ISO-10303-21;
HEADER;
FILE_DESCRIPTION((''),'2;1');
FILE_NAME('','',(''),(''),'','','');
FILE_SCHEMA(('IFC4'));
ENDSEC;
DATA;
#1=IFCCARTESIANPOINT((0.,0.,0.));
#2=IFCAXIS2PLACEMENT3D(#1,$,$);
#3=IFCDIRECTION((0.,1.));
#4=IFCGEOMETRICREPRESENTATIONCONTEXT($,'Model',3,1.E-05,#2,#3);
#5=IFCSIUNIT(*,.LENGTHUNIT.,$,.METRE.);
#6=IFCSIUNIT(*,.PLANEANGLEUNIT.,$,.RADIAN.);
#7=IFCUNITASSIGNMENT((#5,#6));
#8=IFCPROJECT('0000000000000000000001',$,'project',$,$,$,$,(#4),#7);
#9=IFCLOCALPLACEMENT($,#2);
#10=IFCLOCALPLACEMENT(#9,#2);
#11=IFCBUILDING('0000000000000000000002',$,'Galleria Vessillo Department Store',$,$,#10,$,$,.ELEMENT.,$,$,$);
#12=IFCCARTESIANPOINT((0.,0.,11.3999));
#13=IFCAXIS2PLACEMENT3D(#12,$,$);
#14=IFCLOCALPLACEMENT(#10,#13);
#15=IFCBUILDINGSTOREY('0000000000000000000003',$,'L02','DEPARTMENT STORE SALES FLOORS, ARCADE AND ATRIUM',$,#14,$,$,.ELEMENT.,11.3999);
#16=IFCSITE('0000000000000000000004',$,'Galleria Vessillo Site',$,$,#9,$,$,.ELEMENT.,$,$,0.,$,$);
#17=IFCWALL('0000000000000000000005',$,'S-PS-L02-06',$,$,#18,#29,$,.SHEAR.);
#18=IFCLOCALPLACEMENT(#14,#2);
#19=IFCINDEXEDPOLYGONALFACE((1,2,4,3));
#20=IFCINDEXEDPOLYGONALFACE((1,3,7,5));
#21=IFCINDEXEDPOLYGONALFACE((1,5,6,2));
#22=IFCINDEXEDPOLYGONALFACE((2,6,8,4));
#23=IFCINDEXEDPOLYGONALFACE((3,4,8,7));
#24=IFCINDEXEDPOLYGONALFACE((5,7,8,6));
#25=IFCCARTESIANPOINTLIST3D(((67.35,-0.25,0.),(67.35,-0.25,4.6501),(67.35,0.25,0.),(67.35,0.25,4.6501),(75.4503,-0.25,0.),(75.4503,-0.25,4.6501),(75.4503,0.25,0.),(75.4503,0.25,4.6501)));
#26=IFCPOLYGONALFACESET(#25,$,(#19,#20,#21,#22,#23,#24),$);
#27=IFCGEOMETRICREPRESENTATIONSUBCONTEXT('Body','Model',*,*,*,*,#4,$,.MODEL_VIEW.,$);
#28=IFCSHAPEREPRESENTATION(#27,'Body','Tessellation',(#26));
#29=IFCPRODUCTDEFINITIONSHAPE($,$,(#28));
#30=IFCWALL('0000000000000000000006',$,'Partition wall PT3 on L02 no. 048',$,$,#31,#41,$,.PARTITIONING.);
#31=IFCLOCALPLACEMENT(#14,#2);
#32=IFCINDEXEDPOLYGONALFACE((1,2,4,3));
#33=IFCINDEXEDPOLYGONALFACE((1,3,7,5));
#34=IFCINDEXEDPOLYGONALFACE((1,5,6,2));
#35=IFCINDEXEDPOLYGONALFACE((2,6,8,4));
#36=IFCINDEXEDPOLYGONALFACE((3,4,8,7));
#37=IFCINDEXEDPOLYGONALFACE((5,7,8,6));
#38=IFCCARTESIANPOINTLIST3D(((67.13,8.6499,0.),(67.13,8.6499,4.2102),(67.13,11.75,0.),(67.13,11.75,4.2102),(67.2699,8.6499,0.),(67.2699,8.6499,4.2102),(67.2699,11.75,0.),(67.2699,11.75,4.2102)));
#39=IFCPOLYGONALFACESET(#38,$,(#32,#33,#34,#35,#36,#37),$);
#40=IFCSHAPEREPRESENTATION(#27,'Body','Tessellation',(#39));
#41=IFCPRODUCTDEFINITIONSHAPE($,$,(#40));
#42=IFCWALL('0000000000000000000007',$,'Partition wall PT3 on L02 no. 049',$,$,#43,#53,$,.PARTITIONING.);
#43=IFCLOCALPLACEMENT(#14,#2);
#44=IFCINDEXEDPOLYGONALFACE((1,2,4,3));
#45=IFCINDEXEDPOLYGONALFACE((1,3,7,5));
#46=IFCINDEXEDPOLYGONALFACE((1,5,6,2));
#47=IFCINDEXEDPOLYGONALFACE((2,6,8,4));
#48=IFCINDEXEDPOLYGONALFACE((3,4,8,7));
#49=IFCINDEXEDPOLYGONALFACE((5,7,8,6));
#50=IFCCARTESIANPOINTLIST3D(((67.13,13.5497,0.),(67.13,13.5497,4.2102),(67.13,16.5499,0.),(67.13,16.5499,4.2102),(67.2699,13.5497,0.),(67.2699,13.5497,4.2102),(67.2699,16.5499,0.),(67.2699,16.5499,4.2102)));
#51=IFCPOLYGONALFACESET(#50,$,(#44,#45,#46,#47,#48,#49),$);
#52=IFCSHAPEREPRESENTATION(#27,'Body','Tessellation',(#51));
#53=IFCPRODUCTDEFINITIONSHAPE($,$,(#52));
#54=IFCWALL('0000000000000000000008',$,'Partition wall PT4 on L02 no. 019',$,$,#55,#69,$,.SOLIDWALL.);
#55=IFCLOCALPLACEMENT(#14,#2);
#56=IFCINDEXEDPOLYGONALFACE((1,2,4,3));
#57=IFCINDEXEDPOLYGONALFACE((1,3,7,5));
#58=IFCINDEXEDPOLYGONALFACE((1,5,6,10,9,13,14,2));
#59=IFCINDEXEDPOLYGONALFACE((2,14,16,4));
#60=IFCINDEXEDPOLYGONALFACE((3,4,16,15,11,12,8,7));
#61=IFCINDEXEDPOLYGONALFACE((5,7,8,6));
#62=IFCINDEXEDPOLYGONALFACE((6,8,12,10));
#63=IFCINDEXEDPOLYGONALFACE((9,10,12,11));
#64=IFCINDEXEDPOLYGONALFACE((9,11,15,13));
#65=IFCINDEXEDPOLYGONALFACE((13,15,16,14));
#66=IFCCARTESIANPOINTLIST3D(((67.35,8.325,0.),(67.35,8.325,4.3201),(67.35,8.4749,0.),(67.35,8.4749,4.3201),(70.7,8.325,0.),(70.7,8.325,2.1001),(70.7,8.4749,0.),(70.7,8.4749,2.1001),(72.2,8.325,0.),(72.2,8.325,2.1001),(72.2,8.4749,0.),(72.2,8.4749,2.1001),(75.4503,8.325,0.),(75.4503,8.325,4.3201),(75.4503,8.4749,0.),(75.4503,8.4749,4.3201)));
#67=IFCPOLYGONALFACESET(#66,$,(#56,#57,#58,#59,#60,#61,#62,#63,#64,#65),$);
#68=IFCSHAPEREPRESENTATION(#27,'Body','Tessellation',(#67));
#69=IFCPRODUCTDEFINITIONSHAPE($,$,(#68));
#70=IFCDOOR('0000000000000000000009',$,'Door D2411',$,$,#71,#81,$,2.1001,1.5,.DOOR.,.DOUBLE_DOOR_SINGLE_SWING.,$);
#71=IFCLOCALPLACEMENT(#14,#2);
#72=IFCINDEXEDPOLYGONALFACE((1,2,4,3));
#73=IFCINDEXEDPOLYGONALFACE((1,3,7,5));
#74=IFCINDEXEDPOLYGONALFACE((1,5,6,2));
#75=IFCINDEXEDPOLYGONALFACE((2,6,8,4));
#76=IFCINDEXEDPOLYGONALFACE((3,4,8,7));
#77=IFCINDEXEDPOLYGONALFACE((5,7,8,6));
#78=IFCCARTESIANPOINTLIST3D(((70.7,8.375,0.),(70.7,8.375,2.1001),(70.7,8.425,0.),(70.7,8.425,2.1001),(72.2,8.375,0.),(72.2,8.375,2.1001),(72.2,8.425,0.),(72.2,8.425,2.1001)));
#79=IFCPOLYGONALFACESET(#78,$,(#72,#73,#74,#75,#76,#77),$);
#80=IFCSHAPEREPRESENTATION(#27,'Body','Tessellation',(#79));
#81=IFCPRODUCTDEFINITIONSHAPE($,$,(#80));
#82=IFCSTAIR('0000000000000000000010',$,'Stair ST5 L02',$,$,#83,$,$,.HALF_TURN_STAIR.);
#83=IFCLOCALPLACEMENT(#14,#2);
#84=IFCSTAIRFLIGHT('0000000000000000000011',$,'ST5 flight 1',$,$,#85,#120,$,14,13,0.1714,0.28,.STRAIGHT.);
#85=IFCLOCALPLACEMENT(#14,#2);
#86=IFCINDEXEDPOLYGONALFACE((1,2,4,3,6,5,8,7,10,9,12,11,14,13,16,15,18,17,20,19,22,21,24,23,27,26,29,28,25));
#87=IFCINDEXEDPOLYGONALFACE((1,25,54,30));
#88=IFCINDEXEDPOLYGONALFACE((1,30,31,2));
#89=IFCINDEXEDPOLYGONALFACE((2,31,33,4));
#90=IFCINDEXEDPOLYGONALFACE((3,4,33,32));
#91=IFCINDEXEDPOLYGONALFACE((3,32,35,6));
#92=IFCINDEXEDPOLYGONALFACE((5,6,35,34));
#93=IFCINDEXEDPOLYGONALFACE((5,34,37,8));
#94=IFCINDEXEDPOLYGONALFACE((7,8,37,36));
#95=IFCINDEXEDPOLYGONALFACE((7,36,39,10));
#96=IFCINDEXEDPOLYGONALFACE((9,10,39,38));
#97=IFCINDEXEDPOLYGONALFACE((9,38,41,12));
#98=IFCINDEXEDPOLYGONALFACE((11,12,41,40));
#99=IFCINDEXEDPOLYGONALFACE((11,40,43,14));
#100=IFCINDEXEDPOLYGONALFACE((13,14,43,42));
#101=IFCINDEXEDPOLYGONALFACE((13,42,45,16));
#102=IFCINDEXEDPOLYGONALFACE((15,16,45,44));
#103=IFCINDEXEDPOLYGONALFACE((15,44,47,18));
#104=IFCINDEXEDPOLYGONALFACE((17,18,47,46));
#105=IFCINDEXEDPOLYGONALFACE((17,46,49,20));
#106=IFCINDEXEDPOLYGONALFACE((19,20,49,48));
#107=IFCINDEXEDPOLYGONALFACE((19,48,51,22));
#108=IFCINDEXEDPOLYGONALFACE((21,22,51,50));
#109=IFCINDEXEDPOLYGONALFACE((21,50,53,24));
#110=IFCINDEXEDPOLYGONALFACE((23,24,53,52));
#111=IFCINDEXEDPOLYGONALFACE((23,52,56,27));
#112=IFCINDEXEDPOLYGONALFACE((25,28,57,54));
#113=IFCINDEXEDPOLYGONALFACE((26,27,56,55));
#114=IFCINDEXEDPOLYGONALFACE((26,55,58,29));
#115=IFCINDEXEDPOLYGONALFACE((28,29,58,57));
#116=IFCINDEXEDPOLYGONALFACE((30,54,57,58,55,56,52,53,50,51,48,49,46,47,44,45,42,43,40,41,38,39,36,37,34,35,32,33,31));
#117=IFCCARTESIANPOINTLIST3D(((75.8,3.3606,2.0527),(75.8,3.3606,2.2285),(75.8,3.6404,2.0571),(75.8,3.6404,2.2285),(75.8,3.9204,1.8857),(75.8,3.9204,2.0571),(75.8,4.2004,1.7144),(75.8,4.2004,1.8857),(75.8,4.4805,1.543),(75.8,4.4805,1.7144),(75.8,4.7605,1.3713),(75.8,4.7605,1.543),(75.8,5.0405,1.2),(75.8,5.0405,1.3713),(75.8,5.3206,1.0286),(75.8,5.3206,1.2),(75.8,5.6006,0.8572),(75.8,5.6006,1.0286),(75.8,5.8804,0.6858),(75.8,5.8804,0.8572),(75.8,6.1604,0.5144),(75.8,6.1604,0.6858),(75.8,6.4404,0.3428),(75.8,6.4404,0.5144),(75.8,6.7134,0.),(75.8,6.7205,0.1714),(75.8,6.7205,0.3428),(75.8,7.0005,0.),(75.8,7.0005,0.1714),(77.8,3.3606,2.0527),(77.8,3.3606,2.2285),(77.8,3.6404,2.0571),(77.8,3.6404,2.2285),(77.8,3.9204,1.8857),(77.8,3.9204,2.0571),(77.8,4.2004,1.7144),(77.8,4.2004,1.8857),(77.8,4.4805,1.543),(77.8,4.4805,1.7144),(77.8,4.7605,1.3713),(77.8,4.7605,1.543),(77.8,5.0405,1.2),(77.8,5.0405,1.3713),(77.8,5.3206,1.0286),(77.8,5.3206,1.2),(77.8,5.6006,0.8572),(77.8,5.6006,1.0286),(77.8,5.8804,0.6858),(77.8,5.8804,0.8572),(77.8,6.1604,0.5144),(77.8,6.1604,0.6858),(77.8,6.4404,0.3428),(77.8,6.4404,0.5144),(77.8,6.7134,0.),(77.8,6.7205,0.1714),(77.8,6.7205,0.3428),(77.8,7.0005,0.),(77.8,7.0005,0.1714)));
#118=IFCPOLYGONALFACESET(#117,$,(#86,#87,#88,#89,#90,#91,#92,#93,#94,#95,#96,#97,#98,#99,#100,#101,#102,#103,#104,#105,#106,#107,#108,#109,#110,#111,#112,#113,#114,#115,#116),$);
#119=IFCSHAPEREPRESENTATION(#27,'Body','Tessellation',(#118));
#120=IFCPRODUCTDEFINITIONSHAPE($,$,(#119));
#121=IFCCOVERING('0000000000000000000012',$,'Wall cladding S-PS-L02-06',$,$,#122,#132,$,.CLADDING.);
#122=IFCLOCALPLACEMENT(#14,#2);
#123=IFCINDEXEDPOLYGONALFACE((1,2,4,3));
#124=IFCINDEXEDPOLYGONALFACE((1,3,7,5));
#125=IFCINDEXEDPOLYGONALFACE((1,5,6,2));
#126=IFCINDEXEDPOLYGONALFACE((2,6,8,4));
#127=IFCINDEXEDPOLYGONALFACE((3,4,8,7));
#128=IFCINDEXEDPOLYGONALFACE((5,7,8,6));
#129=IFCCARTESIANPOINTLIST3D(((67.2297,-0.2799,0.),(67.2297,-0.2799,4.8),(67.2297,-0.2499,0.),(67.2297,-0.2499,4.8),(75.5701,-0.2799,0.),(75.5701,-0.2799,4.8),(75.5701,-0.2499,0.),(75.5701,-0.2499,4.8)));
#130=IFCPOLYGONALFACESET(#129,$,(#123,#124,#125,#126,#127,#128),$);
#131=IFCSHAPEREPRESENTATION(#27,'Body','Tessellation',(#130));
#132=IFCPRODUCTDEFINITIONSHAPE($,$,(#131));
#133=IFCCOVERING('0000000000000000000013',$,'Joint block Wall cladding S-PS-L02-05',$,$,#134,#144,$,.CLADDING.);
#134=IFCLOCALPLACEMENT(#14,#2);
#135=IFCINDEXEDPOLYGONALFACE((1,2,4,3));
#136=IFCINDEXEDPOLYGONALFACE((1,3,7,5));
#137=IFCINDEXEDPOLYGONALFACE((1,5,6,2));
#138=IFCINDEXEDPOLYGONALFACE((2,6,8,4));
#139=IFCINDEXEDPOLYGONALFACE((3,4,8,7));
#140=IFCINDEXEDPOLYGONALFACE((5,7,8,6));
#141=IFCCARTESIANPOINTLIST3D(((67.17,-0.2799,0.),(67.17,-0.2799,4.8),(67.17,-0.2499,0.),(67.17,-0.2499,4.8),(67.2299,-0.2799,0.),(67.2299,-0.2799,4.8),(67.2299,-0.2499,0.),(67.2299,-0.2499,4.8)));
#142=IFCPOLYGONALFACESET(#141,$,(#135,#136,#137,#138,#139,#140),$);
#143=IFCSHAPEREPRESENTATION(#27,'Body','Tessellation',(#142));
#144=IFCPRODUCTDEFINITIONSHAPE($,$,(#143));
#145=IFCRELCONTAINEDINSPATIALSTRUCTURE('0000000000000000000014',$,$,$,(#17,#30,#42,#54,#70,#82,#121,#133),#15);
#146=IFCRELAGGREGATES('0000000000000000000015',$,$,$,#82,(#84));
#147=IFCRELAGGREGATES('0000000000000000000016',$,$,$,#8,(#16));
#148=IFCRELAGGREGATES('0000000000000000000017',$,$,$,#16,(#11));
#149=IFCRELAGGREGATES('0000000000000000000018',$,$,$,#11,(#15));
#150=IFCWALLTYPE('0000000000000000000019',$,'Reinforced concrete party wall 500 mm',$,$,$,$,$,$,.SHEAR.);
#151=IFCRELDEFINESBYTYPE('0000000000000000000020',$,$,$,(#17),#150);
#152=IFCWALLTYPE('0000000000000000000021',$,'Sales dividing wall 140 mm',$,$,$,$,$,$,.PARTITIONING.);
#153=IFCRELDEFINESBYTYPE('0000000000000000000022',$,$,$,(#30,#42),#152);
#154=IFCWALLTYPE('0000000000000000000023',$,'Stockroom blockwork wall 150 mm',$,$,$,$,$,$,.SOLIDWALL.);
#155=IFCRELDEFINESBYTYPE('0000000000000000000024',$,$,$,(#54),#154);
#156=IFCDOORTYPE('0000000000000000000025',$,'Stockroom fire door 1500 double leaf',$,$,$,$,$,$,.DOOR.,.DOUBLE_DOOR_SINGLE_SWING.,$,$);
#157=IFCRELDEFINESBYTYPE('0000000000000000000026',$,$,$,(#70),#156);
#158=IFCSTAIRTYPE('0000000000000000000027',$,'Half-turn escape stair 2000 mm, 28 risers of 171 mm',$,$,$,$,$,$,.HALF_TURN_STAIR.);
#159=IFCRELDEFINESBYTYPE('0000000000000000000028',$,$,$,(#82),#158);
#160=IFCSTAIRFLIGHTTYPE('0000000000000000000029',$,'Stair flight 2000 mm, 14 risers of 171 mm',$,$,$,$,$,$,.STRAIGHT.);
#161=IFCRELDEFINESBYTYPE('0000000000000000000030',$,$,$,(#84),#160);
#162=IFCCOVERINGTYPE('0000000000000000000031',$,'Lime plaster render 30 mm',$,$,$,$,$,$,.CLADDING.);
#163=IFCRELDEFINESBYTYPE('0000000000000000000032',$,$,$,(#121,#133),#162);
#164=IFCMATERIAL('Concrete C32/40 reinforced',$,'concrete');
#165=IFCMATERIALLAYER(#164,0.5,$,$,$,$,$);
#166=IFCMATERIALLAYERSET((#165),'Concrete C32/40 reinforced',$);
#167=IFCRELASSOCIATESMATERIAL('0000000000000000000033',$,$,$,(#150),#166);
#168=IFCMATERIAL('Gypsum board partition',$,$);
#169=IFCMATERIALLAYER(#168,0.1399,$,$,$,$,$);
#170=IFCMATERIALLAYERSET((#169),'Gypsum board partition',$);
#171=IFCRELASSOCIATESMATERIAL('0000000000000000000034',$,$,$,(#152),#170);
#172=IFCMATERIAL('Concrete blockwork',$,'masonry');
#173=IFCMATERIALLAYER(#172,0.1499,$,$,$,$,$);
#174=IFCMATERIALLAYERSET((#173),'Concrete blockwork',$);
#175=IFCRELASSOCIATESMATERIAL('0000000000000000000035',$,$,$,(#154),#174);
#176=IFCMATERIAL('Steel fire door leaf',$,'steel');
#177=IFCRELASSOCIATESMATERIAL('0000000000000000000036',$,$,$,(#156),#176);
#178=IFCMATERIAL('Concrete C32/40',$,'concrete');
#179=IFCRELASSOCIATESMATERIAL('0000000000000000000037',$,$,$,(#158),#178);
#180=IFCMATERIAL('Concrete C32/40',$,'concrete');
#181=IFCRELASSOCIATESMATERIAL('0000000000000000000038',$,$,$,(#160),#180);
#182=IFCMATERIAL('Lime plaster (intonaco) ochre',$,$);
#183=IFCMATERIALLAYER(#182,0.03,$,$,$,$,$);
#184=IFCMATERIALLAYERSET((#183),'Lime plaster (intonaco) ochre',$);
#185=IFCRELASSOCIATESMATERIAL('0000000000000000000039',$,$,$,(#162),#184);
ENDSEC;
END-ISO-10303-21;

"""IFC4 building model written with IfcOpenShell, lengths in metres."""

from ifc_helpers import new_model, si_unit, direction, frame, frame_2d, origin, origin_2d, place, context, subcontext, project, spatial, polyline, rectangle, outline, extrude, material, layer, layer_set, type_object, element, fill, aggregate, save


model = new_model("IFC4")

# Units and contexts
model_context = context("Model", 3, precision=1e-05, world=origin(), true_north=direction((0.0, 1.0)))
body_context = subcontext(model_context, "Body", "Model", "MODEL_VIEW")
ifc_project = project(units=[si_unit("LENGTHUNIT", "METRE"), si_unit("PLANEANGLEUNIT", "RADIAN")], contexts=[model_context])

# Site, building, storey
site_placement = place(None, origin())
site = spatial("IfcSite", under=ifc_project, at=site_placement, Name="Galleria Vessillo Site", CompositionType="ELEMENT", RefElevation=0.0)
building_placement = place(site_placement, origin())
building = spatial("IfcBuilding", under=site, at=building_placement, Name="Galleria Vessillo Department Store", CompositionType="ELEMENT")
storey_placement = place(building_placement, frame((0.0, 0.0, 11.3999)))
storey = spatial("IfcBuildingStorey", under=building, at=storey_placement, Name="L02", Description="DEPARTMENT STORE SALES FLOORS, ARCADE AND ATRIUM", CompositionType="ELEMENT", Elevation=11.3999)

# Walls
ifc_material_1 = material(Name="Concrete C32/40 reinforced", Category="concrete")
ifc_layer_1 = layer(ifc_material_1, 0.5)
ifc_layer_set_1 = layer_set([ifc_layer_1], Name="Concrete C32/40 reinforced")
wall_type_1 = type_object("IfcWallType", Name="Reinforced concrete party wall 500 mm", PredefinedType="SHEAR", material=ifc_layer_set_1)
wall_1_placement = place(storey_placement, frame((67.3499, 0.0, 0.0), z_axis=(0.0, 0.0, 1.0), x_axis=(1.0, 0.0, 0.0)))
element("IfcWall", 1, at=wall_1_placement, inside=storey, type_object=wall_type_1, Name="S-PS-L02-06", PredefinedType="SHEAR", context=body_context, shape_type="SweptSolid", body=[
    extrude(rectangle(XDim=8.1003, YDim=0.5, at=frame_2d((4.0503, 0.0))), origin(), (0.0, 0.0, 1.0), 4.6501),
])
ifc_material_2 = material(Name="Gypsum board partition")
ifc_layer_2 = layer(ifc_material_2, 0.1399)
ifc_layer_set_2 = layer_set([ifc_layer_2], Name="Gypsum board partition")
wall_type_2 = type_object("IfcWallType", Name="Sales dividing wall 140 mm", PredefinedType="PARTITIONING", material=ifc_layer_set_2)
wall_2_placement = place(storey_placement, frame((67.2, 8.6499, 0.0), z_axis=(0.0, 0.0, 1.0), x_axis=(0.0, 1.0, 0.0)))
element("IfcWall", 2, at=wall_2_placement, inside=storey, type_object=wall_type_2, Name="Partition wall PT3 on L02 no. 048", PredefinedType="PARTITIONING", context=body_context, shape_type="SweptSolid", body=[
    extrude(rectangle(XDim=3.1001, YDim=0.1399, at=frame_2d((1.55, 0.0))), origin(), (0.0, 0.0, 1.0), 4.2102),
])
wall_3_placement = place(storey_placement, frame((67.2, 13.5498, 0.0), z_axis=(0.0, 0.0, 1.0), x_axis=(0.0, 1.0, 0.0)))
element("IfcWall", 3, at=wall_3_placement, inside=storey, type_object=wall_type_2, Name="Partition wall PT3 on L02 no. 049", PredefinedType="PARTITIONING", context=body_context, shape_type="SweptSolid", body=[
    extrude(rectangle(XDim=3.0002, YDim=0.1399, at=frame_2d((1.5, 0.0))), origin(), (0.0, 0.0, 1.0), 4.2102),
])

# Wall, opening, door
ifc_material_3 = material(Name="Concrete blockwork", Category="masonry")
ifc_layer_3 = layer(ifc_material_3, 0.1499)
ifc_layer_set_3 = layer_set([ifc_layer_3], Name="Concrete blockwork")
wall_type_3 = type_object("IfcWallType", Name="Stockroom blockwork wall 150 mm", PredefinedType="SOLIDWALL", material=ifc_layer_set_3)
wall_4_placement = place(storey_placement, frame((67.3499, 8.3999, 0.0), z_axis=(0.0, 0.0, 1.0), x_axis=(1.0, 0.0, 0.0)))
wall_4 = element("IfcWall", 4, at=wall_4_placement, inside=storey, type_object=wall_type_3, Name="Partition wall PT4 on L02 no. 019", PredefinedType="SOLIDWALL", context=body_context, shape_type="SweptSolid", body=[
    extrude(rectangle(XDim=8.1003, YDim=0.1499, at=frame_2d((4.0503, 0.0))), origin(), (0.0, 0.0, 1.0), 4.3201),
])
opening_1_placement = place(wall_4_placement, frame((3.3501, 0.0, 0.0)))
opening_1 = element("IfcOpeningElement", 5, at=opening_1_placement, cuts=wall_4, PredefinedType="OPENING", context=body_context, shape_type="SweptSolid", body=[
    extrude(rectangle(XDim=1.5, YDim=2.1001, at=frame_2d((0.75, 1.05))), frame((0.0, 0.085, 0.0), z_axis=(0.0, -1.0, 0.0), x_axis=(1.0, 0.0, 0.0)), (0.0, 0.0, 1.0), 0.1699),
])
ifc_material_4 = material(Name="Steel fire door leaf", Category="steel")
door_type_1 = type_object("IfcDoorType", Name="Stockroom fire door 1500 double leaf", OperationType="DOUBLE_DOOR_SINGLE_SWING", PredefinedType="DOOR", material=ifc_material_4)
door_1_placement = place(opening_1_placement, frame((1.5, 0.0, 0.0), z_axis=(0.0, 0.0, 1.0), x_axis=(-1.0, 0.0, 0.0)))
door_1 = element("IfcDoor", 6, at=door_1_placement, inside=storey, type_object=door_type_1, Name="Door D2411", OperationType="DOUBLE_DOOR_SINGLE_SWING", OverallHeight=2.1001, OverallWidth=1.5, PredefinedType="DOOR", context=body_context, shape_type="SweptSolid", body=[
    extrude(rectangle(XDim=1.5, YDim=2.1001, at=frame_2d((0.75, 1.05))), frame((0.0, 0.0249, 0.0), z_axis=(0.0, -1.0, 0.0), x_axis=(1.0, 0.0, 0.0)), (0.0, 0.0, 1.0), 0.05),
])
fill(opening_1, door_1)

# Stair, stair flight
ifc_material_5 = material(Name="Concrete C32/40", Category="concrete")
stair_type = type_object("IfcStairType", Name="Half-turn escape stair 2000 mm, 28 risers of 171 mm", PredefinedType="HALF_TURN_STAIR", material=ifc_material_5)
stair_placement = place(storey_placement, origin())
stair = element("IfcStair", 7, at=stair_placement, inside=storey, type_object=stair_type, Name="Stair ST5 L02", PredefinedType="HALF_TURN_STAIR")
ifc_material_6 = material(Name="Concrete C32/40", Category="concrete")
stair_flight_type = type_object("IfcStairFlightType", Name="Stair flight 2000 mm, 14 risers of 171 mm", PredefinedType="STRAIGHT", material=ifc_material_6)
stair_flight_placement = place(storey_placement, frame((76.8, 7.0005, 0.0), z_axis=(0.0, 0.0, 1.0), x_axis=(0.0, -1.0, 0.0)))
stair_flight = element("IfcStairFlight", 8, at=stair_flight_placement, type_object=stair_flight_type, Name="ST5 flight 1", NumberOfRisers=14, NumberOfTreads=13, PredefinedType="STRAIGHT", RiserHeight=0.1714, TreadLength=0.28, context=body_context, shape_type="SweptSolid", body=[
    extrude(outline(polyline([(0.0, 0.0), (0.0, 0.1714), (0.28, 0.1714), (0.28, 0.3428), (0.5601, 0.3428), (0.5601, 0.5144), (0.8401, 0.5144), (0.8401, 0.6858), (1.1201, 0.6858), (1.1201, 0.8572), (1.3999, 0.8572), (1.3999, 1.0286), (1.6799, 1.0286), (1.6799, 1.2), (1.96, 1.2), (1.96, 1.3713), (2.24, 1.3713), (2.24, 1.543), (2.52, 1.543), (2.52, 1.7144), (2.8, 1.7144), (2.8, 1.8857), (3.0801, 1.8857), (3.0801, 2.0571), (3.3601, 2.0571), (3.3601, 2.2285), (3.6399, 2.2285), (3.6399, 2.3999), (3.6399, 2.0527), (0.2871, 0.0), (0.0, 0.0)])), frame((0.0, 1.0, 0.0), z_axis=(0.0, -1.0, 0.0), x_axis=(1.0, 0.0, 0.0)), (0.0, 0.0, 1.0), 2.0),
])
aggregate(stair, [stair_flight])

# Coverings
ifc_material_7 = material(Name="Lime plaster (intonaco) ochre")
ifc_layer_4 = layer(ifc_material_7, 0.03)
ifc_layer_set_4 = layer_set([ifc_layer_4], Name="Lime plaster (intonaco) ochre")
covering_type = type_object("IfcCoveringType", Name="Lime plaster render 30 mm", PredefinedType="CLADDING", material=ifc_layer_set_4)
covering_1_placement = place(storey_placement, frame((71.3999, -0.2649, 0.0), z_axis=(0.0, 0.0, 1.0), x_axis=(1.0, 0.0, 0.0)))
element("IfcCovering", 9, at=covering_1_placement, inside=storey, type_object=covering_type, Name="Wall cladding S-PS-L02-06", PredefinedType="CLADDING", context=body_context, shape_type="SweptSolid", body=[
    extrude(rectangle(XDim=8.3403, YDim=0.03, at=origin_2d()), origin(), (0.0, 0.0, 1.0), 4.8),
])
covering_2_placement = place(storey_placement, frame((67.2, -0.2649, 0.0), z_axis=(0.0, 0.0, 1.0), x_axis=(1.0, 0.0, 0.0)))
element("IfcCovering", 10, at=covering_2_placement, inside=storey, type_object=covering_type, Name="Joint block Wall cladding S-PS-L02-05", PredefinedType="CLADDING", context=body_context, shape_type="SweptSolid", body=[
    extrude(rectangle(XDim=0.0598, YDim=0.03, at=origin_2d()), origin(), (0.0, 0.0, 1.0), 4.8),
])

save(model, "model.ifc")
